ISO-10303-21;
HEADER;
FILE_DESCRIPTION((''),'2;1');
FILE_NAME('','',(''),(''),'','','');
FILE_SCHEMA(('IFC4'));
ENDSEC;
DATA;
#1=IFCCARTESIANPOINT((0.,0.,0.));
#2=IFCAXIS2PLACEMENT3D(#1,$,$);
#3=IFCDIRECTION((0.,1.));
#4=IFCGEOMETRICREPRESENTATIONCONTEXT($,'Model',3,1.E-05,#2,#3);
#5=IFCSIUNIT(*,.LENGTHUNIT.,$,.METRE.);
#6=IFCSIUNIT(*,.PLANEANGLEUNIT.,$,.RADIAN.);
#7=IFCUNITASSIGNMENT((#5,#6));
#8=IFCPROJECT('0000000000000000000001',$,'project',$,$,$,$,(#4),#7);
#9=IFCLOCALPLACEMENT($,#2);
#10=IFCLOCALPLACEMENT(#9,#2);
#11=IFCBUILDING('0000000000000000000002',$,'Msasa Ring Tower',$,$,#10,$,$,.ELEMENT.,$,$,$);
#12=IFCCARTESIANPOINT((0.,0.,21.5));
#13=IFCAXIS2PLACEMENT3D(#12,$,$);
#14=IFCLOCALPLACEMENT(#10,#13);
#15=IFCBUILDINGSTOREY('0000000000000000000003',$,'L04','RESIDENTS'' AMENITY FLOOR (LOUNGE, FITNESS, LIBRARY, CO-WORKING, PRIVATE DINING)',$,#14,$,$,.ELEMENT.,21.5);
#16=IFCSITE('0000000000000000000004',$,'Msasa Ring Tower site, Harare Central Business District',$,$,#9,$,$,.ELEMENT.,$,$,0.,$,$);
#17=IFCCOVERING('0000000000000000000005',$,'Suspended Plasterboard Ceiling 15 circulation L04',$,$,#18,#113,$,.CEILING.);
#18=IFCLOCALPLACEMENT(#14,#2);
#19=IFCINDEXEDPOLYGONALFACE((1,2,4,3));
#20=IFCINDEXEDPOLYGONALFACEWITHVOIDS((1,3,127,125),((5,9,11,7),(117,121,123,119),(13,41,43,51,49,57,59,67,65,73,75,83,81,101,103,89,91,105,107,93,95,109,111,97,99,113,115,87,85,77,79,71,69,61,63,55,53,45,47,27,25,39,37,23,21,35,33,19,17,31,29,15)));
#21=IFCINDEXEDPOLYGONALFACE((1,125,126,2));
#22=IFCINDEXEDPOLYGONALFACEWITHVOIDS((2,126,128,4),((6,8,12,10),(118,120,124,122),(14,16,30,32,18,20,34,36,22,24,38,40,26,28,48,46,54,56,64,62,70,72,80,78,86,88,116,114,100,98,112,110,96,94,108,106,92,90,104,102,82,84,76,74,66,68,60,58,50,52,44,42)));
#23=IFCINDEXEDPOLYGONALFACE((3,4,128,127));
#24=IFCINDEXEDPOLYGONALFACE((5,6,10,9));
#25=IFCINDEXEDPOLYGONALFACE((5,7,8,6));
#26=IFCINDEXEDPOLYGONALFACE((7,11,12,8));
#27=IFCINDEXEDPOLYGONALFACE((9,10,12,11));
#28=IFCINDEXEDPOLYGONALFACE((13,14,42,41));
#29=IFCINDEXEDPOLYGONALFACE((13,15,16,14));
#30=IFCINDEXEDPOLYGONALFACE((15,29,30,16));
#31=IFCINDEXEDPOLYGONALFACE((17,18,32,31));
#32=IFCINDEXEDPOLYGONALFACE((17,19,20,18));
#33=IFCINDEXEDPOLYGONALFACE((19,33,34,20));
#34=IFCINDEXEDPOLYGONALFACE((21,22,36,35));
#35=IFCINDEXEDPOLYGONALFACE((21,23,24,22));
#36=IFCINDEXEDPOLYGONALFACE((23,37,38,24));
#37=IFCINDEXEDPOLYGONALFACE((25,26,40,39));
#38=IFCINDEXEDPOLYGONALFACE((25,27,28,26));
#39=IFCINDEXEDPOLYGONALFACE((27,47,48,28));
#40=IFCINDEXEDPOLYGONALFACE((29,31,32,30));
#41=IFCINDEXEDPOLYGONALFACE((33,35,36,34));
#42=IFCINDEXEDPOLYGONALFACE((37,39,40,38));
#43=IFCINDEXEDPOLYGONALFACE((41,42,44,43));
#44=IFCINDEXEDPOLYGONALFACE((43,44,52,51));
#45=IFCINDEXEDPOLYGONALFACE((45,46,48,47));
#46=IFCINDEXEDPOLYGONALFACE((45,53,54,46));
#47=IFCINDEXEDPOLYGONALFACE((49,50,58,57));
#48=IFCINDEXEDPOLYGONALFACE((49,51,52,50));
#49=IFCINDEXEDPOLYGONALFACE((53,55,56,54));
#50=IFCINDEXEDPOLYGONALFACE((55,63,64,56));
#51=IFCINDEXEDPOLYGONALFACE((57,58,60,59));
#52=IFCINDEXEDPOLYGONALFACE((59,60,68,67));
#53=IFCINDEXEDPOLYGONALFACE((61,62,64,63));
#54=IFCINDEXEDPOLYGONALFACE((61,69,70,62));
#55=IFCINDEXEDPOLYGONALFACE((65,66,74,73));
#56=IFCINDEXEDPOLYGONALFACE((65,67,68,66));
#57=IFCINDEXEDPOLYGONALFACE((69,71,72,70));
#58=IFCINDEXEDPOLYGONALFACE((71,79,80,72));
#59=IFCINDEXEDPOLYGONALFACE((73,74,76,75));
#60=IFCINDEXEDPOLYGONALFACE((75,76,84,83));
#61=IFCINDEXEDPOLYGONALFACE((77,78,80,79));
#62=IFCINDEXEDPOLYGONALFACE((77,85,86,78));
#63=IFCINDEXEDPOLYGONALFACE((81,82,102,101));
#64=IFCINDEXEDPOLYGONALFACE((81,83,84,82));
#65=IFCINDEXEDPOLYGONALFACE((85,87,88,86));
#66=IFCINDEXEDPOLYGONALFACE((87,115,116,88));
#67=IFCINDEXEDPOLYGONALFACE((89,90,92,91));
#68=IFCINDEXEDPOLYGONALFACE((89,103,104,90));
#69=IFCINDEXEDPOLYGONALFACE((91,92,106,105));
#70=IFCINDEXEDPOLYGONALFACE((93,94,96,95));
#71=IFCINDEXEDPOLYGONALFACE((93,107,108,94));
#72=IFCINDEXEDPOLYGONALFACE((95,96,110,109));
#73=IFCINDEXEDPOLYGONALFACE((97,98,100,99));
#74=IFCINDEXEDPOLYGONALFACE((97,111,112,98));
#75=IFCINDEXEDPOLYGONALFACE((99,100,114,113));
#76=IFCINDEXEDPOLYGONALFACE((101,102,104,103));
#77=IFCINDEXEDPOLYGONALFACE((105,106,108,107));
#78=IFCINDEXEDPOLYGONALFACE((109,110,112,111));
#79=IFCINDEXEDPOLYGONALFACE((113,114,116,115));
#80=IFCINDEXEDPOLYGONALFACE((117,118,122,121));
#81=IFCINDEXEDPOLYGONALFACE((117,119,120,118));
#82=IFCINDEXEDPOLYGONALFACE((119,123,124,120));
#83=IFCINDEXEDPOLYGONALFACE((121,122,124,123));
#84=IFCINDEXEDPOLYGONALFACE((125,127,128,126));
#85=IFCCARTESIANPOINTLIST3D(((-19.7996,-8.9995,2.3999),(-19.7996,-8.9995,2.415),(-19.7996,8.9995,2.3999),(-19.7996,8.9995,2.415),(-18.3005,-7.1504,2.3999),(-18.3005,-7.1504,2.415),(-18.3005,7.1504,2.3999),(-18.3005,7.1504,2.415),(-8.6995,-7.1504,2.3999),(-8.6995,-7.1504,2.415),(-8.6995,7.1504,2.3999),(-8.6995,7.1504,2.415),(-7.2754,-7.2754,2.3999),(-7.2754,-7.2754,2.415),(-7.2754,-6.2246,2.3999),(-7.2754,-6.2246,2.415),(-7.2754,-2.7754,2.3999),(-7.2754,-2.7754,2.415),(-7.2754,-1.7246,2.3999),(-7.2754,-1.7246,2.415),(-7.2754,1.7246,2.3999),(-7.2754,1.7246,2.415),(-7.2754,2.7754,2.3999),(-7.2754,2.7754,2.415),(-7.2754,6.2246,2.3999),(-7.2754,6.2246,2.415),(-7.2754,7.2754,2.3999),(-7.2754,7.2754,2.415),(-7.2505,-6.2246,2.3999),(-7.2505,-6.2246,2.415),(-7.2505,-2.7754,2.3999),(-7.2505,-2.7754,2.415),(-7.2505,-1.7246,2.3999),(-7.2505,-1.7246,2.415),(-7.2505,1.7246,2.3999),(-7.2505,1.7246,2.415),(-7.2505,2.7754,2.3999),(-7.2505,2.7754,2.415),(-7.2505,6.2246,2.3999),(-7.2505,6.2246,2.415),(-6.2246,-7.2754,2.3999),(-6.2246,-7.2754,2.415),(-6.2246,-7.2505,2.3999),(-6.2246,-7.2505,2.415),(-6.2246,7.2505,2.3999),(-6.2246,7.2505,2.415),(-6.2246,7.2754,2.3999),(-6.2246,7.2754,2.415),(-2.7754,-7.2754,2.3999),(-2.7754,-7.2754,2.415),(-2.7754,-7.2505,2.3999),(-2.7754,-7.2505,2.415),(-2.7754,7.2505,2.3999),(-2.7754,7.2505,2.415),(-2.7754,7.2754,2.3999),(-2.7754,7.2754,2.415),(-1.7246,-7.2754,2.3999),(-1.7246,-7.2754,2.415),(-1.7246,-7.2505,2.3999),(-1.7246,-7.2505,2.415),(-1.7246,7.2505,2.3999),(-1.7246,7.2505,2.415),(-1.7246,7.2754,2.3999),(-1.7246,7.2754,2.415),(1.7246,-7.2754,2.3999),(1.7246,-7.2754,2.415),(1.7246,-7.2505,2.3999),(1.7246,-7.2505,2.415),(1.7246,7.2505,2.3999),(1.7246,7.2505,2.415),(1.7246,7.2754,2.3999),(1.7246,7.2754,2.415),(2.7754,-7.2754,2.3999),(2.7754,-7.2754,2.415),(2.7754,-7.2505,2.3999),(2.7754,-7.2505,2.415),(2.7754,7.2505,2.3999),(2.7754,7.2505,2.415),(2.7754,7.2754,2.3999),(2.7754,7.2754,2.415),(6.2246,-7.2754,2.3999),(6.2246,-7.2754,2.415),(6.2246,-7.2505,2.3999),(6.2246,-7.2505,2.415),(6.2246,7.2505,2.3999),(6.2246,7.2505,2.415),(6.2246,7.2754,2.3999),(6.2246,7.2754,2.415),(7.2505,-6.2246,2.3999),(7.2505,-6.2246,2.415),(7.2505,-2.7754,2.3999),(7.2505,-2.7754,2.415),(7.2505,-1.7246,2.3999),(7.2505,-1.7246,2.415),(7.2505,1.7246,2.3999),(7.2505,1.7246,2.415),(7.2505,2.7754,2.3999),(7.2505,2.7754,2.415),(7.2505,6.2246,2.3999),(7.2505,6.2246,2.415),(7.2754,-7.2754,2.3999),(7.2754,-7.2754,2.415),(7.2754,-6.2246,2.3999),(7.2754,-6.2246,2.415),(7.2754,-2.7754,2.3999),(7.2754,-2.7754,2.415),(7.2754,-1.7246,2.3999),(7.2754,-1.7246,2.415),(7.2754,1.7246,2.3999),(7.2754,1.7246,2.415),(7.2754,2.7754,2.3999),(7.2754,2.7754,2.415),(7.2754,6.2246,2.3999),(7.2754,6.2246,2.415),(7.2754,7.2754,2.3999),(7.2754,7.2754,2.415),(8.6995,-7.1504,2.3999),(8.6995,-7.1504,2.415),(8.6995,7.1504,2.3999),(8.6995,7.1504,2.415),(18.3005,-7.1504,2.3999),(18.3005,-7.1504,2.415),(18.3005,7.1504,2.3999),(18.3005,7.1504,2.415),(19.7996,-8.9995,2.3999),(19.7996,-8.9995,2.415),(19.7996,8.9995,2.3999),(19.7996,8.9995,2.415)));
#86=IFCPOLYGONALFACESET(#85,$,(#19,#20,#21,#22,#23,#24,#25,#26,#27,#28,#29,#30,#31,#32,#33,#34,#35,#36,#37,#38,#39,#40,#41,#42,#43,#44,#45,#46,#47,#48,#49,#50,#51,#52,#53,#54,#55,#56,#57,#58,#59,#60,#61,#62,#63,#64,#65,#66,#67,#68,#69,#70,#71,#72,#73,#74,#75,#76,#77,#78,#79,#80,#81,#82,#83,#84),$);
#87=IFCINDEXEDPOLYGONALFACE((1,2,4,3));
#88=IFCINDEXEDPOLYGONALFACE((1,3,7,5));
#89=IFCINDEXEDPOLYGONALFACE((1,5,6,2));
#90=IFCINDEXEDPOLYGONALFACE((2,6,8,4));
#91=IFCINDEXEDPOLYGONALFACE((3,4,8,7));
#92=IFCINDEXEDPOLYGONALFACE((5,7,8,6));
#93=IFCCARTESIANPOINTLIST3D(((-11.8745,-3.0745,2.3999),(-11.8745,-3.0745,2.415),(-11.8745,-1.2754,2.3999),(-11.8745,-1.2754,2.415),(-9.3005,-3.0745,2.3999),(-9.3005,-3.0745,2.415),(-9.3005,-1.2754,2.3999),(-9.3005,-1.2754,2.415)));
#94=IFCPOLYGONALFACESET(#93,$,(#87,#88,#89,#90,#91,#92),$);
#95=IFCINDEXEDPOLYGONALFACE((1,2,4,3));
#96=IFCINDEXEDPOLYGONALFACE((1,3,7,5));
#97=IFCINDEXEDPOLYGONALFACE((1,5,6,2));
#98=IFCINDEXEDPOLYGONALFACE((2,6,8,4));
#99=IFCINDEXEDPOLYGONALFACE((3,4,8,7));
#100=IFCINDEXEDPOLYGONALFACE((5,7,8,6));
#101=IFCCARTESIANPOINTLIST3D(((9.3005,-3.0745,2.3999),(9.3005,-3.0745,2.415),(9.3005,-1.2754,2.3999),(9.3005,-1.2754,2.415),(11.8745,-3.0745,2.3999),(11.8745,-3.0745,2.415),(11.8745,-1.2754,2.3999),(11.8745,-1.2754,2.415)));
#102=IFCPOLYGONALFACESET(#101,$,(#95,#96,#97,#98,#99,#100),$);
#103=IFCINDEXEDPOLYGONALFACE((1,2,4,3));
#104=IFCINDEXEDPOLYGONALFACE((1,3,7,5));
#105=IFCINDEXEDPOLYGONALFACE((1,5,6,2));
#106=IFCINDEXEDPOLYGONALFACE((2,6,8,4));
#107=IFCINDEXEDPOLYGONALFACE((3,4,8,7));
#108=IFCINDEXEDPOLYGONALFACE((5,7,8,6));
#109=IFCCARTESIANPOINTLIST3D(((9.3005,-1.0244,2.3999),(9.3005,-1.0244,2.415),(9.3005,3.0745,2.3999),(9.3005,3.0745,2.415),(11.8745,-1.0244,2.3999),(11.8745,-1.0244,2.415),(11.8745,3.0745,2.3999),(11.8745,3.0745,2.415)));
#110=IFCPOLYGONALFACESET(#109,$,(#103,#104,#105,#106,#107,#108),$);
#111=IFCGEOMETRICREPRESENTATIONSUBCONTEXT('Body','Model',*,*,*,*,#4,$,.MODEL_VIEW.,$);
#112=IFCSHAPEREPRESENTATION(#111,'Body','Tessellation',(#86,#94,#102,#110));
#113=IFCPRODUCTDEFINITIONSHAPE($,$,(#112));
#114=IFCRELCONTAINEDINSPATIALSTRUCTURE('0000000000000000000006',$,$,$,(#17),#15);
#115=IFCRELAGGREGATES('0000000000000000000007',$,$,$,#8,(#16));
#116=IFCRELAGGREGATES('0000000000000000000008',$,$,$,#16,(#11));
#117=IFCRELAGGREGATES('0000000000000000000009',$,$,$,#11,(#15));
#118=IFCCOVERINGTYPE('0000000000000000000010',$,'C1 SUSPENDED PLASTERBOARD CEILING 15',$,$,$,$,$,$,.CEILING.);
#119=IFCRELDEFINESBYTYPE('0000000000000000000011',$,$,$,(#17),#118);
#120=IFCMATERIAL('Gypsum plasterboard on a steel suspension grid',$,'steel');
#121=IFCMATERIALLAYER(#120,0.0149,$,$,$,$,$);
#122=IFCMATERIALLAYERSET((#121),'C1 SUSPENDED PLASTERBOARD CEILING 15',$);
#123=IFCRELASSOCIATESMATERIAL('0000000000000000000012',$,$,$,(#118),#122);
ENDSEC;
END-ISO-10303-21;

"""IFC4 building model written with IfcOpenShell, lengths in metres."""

from ifc_helpers import new_model, si_unit, direction, frame, origin, place, context, subcontext, project, spatial, line, indexed_curve, outline, extrude, material, layer, layer_set, type_object, element, save


model = new_model("IFC4")

# Units and contexts
model_context = context("Model", 3, precision=1e-05, world=origin(), true_north=direction((0.0, 1.0)))
body_context = subcontext(model_context, "Body", "Model", "MODEL_VIEW")
ifc_project = project(units=[si_unit("LENGTHUNIT", "METRE"), si_unit("PLANEANGLEUNIT", "RADIAN")], contexts=[model_context])

# Site, building, storey
site_placement = place(None, origin())
site = spatial("IfcSite", under=ifc_project, at=site_placement, Name="Msasa Ring Tower site, Harare Central Business District", CompositionType="ELEMENT", RefElevation=0.0)
building_placement = place(site_placement, origin())
building = spatial("IfcBuilding", under=site, at=building_placement, Name="Msasa Ring Tower", CompositionType="ELEMENT")
storey_placement = place(building_placement, frame((0.0, 0.0, 21.5)))
storey = spatial("IfcBuildingStorey", under=building, at=storey_placement, Name="L04", Description="RESIDENTS' AMENITY FLOOR (LOUNGE, FITNESS, LIBRARY, CO-WORKING, PRIVATE DINING)", CompositionType="ELEMENT", Elevation=21.5)

# Covering
ifc_material_1 = material(Name="Gypsum plasterboard on a steel suspension grid", Category="steel")
ifc_layer_1 = layer(ifc_material_1, 0.0149)
ifc_layer_set_1 = layer_set([ifc_layer_1], Name="C1 SUSPENDED PLASTERBOARD CEILING 15")
covering_type_1 = type_object("IfcCoveringType", Name="C1 SUSPENDED PLASTERBOARD CEILING 15", PredefinedType="CEILING", material=ifc_layer_set_1)
covering_1_placement = place(storey_placement, frame((0.0, 0.0, 2.3999)))
element("IfcCovering", 1, at=covering_1_placement, inside=storey, type_object=covering_type_1, Name="Suspended Plasterboard Ceiling 15 circulation L04", PredefinedType="CEILING", context=body_context, shape_type="SweptSolid", body=[
    extrude(outline(indexed_curve([(19.7996, 8.9995), (19.7996, -8.9995), (-19.7996, -8.9995), (-19.7996, 8.9995)], segments=[line(1, 2, 3, 4, 1)], self_intersect=False), holes=[indexed_curve([(18.3005, -7.1504), (18.3005, 7.1504), (8.6995, 7.1504), (8.6995, -7.1504)], segments=[line(1, 2, 3, 4, 1)], self_intersect=False), indexed_curve([(-8.6995, -7.1504), (-8.6995, 7.1504), (-18.3005, 7.1504), (-18.3005, -7.1504)], segments=[line(1, 2, 3, 4, 1)], self_intersect=False), indexed_curve([(-7.2754, -7.2754), (-6.2246, -7.2754), (-6.2246, -7.2505), (-2.7754, -7.2505), (-2.7754, -7.2754), (-1.7246, -7.2754), (-1.7246, -7.2505), (1.7246, -7.2505), (1.7246, -7.2754), (2.7754, -7.2754), (2.7754, -7.2505), (6.2246, -7.2505), (6.2246, -7.2754), (7.2754, -7.2754), (7.2754, -6.2246), (7.2505, -6.2246), (7.2505, -2.7754), (7.2754, -2.7754), (7.2754, -1.7246), (7.2505, -1.7246), (7.2505, 1.7246), (7.2754, 1.7246), (7.2754, 2.7754), (7.2505, 2.7754), (7.2505, 6.2246), (7.2754, 6.2246), (7.2754, 7.2754), (6.2246, 7.2754), (6.2246, 7.2505), (2.7754, 7.2505), (2.7754, 7.2754), (1.7246, 7.2754), (1.7246, 7.2505), (-1.7246, 7.2505), (-1.7246, 7.2754), (-2.7754, 7.2754), (-2.7754, 7.2505), (-6.2246, 7.2505), (-6.2246, 7.2754), (-7.2754, 7.2754), (-7.2754, 6.2246), (-7.2505, 6.2246), (-7.2505, 2.7754), (-7.2754, 2.7754), (-7.2754, 1.7246), (-7.2505, 1.7246), (-7.2505, -1.7246), (-7.2754, -1.7246), (-7.2754, -2.7754), (-7.2505, -2.7754), (-7.2505, -6.2246), (-7.2754, -6.2246)], segments=[line(1, 2, 3, 4, 5, 6, 7, 8, 9, 10, 11, 12, 13, 14, 15, 16, 17, 18, 19, 20, 21, 22, 23, 24, 25, 26, 27, 28, 29, 30, 31, 32, 33, 34, 35, 36, 37, 38, 39, 40, 41, 42, 43, 44, 45, 46, 47, 48, 49, 50, 51, 52, 1)], self_intersect=False)]), origin(), (0.0, 0.0, 1.0), 0.0151),
    extrude(outline(indexed_curve([(-9.3005, -3.0745), (-11.8745, -3.0745), (-11.8745, -1.2754), (-9.3005, -1.2754)], segments=[line(1, 2, 3, 4, 1)], self_intersect=False)), origin(), (0.0, 0.0, 1.0), 0.0151),
    extrude(outline(indexed_curve([(11.8745, -3.0745), (9.3005, -3.0745), (9.3005, -1.2754), (11.8745, -1.2754)], segments=[line(1, 2, 3, 4, 1)], self_intersect=False)), origin(), (0.0, 0.0, 1.0), 0.0151),
    extrude(outline(indexed_curve([(11.8745, -1.0244), (9.3005, -1.0244), (9.3005, 3.0745), (11.8745, 3.0745)], segments=[line(1, 2, 3, 4, 1)], self_intersect=False)), origin(), (0.0, 0.0, 1.0), 0.0151),
])

save(model, "model.ifc")
